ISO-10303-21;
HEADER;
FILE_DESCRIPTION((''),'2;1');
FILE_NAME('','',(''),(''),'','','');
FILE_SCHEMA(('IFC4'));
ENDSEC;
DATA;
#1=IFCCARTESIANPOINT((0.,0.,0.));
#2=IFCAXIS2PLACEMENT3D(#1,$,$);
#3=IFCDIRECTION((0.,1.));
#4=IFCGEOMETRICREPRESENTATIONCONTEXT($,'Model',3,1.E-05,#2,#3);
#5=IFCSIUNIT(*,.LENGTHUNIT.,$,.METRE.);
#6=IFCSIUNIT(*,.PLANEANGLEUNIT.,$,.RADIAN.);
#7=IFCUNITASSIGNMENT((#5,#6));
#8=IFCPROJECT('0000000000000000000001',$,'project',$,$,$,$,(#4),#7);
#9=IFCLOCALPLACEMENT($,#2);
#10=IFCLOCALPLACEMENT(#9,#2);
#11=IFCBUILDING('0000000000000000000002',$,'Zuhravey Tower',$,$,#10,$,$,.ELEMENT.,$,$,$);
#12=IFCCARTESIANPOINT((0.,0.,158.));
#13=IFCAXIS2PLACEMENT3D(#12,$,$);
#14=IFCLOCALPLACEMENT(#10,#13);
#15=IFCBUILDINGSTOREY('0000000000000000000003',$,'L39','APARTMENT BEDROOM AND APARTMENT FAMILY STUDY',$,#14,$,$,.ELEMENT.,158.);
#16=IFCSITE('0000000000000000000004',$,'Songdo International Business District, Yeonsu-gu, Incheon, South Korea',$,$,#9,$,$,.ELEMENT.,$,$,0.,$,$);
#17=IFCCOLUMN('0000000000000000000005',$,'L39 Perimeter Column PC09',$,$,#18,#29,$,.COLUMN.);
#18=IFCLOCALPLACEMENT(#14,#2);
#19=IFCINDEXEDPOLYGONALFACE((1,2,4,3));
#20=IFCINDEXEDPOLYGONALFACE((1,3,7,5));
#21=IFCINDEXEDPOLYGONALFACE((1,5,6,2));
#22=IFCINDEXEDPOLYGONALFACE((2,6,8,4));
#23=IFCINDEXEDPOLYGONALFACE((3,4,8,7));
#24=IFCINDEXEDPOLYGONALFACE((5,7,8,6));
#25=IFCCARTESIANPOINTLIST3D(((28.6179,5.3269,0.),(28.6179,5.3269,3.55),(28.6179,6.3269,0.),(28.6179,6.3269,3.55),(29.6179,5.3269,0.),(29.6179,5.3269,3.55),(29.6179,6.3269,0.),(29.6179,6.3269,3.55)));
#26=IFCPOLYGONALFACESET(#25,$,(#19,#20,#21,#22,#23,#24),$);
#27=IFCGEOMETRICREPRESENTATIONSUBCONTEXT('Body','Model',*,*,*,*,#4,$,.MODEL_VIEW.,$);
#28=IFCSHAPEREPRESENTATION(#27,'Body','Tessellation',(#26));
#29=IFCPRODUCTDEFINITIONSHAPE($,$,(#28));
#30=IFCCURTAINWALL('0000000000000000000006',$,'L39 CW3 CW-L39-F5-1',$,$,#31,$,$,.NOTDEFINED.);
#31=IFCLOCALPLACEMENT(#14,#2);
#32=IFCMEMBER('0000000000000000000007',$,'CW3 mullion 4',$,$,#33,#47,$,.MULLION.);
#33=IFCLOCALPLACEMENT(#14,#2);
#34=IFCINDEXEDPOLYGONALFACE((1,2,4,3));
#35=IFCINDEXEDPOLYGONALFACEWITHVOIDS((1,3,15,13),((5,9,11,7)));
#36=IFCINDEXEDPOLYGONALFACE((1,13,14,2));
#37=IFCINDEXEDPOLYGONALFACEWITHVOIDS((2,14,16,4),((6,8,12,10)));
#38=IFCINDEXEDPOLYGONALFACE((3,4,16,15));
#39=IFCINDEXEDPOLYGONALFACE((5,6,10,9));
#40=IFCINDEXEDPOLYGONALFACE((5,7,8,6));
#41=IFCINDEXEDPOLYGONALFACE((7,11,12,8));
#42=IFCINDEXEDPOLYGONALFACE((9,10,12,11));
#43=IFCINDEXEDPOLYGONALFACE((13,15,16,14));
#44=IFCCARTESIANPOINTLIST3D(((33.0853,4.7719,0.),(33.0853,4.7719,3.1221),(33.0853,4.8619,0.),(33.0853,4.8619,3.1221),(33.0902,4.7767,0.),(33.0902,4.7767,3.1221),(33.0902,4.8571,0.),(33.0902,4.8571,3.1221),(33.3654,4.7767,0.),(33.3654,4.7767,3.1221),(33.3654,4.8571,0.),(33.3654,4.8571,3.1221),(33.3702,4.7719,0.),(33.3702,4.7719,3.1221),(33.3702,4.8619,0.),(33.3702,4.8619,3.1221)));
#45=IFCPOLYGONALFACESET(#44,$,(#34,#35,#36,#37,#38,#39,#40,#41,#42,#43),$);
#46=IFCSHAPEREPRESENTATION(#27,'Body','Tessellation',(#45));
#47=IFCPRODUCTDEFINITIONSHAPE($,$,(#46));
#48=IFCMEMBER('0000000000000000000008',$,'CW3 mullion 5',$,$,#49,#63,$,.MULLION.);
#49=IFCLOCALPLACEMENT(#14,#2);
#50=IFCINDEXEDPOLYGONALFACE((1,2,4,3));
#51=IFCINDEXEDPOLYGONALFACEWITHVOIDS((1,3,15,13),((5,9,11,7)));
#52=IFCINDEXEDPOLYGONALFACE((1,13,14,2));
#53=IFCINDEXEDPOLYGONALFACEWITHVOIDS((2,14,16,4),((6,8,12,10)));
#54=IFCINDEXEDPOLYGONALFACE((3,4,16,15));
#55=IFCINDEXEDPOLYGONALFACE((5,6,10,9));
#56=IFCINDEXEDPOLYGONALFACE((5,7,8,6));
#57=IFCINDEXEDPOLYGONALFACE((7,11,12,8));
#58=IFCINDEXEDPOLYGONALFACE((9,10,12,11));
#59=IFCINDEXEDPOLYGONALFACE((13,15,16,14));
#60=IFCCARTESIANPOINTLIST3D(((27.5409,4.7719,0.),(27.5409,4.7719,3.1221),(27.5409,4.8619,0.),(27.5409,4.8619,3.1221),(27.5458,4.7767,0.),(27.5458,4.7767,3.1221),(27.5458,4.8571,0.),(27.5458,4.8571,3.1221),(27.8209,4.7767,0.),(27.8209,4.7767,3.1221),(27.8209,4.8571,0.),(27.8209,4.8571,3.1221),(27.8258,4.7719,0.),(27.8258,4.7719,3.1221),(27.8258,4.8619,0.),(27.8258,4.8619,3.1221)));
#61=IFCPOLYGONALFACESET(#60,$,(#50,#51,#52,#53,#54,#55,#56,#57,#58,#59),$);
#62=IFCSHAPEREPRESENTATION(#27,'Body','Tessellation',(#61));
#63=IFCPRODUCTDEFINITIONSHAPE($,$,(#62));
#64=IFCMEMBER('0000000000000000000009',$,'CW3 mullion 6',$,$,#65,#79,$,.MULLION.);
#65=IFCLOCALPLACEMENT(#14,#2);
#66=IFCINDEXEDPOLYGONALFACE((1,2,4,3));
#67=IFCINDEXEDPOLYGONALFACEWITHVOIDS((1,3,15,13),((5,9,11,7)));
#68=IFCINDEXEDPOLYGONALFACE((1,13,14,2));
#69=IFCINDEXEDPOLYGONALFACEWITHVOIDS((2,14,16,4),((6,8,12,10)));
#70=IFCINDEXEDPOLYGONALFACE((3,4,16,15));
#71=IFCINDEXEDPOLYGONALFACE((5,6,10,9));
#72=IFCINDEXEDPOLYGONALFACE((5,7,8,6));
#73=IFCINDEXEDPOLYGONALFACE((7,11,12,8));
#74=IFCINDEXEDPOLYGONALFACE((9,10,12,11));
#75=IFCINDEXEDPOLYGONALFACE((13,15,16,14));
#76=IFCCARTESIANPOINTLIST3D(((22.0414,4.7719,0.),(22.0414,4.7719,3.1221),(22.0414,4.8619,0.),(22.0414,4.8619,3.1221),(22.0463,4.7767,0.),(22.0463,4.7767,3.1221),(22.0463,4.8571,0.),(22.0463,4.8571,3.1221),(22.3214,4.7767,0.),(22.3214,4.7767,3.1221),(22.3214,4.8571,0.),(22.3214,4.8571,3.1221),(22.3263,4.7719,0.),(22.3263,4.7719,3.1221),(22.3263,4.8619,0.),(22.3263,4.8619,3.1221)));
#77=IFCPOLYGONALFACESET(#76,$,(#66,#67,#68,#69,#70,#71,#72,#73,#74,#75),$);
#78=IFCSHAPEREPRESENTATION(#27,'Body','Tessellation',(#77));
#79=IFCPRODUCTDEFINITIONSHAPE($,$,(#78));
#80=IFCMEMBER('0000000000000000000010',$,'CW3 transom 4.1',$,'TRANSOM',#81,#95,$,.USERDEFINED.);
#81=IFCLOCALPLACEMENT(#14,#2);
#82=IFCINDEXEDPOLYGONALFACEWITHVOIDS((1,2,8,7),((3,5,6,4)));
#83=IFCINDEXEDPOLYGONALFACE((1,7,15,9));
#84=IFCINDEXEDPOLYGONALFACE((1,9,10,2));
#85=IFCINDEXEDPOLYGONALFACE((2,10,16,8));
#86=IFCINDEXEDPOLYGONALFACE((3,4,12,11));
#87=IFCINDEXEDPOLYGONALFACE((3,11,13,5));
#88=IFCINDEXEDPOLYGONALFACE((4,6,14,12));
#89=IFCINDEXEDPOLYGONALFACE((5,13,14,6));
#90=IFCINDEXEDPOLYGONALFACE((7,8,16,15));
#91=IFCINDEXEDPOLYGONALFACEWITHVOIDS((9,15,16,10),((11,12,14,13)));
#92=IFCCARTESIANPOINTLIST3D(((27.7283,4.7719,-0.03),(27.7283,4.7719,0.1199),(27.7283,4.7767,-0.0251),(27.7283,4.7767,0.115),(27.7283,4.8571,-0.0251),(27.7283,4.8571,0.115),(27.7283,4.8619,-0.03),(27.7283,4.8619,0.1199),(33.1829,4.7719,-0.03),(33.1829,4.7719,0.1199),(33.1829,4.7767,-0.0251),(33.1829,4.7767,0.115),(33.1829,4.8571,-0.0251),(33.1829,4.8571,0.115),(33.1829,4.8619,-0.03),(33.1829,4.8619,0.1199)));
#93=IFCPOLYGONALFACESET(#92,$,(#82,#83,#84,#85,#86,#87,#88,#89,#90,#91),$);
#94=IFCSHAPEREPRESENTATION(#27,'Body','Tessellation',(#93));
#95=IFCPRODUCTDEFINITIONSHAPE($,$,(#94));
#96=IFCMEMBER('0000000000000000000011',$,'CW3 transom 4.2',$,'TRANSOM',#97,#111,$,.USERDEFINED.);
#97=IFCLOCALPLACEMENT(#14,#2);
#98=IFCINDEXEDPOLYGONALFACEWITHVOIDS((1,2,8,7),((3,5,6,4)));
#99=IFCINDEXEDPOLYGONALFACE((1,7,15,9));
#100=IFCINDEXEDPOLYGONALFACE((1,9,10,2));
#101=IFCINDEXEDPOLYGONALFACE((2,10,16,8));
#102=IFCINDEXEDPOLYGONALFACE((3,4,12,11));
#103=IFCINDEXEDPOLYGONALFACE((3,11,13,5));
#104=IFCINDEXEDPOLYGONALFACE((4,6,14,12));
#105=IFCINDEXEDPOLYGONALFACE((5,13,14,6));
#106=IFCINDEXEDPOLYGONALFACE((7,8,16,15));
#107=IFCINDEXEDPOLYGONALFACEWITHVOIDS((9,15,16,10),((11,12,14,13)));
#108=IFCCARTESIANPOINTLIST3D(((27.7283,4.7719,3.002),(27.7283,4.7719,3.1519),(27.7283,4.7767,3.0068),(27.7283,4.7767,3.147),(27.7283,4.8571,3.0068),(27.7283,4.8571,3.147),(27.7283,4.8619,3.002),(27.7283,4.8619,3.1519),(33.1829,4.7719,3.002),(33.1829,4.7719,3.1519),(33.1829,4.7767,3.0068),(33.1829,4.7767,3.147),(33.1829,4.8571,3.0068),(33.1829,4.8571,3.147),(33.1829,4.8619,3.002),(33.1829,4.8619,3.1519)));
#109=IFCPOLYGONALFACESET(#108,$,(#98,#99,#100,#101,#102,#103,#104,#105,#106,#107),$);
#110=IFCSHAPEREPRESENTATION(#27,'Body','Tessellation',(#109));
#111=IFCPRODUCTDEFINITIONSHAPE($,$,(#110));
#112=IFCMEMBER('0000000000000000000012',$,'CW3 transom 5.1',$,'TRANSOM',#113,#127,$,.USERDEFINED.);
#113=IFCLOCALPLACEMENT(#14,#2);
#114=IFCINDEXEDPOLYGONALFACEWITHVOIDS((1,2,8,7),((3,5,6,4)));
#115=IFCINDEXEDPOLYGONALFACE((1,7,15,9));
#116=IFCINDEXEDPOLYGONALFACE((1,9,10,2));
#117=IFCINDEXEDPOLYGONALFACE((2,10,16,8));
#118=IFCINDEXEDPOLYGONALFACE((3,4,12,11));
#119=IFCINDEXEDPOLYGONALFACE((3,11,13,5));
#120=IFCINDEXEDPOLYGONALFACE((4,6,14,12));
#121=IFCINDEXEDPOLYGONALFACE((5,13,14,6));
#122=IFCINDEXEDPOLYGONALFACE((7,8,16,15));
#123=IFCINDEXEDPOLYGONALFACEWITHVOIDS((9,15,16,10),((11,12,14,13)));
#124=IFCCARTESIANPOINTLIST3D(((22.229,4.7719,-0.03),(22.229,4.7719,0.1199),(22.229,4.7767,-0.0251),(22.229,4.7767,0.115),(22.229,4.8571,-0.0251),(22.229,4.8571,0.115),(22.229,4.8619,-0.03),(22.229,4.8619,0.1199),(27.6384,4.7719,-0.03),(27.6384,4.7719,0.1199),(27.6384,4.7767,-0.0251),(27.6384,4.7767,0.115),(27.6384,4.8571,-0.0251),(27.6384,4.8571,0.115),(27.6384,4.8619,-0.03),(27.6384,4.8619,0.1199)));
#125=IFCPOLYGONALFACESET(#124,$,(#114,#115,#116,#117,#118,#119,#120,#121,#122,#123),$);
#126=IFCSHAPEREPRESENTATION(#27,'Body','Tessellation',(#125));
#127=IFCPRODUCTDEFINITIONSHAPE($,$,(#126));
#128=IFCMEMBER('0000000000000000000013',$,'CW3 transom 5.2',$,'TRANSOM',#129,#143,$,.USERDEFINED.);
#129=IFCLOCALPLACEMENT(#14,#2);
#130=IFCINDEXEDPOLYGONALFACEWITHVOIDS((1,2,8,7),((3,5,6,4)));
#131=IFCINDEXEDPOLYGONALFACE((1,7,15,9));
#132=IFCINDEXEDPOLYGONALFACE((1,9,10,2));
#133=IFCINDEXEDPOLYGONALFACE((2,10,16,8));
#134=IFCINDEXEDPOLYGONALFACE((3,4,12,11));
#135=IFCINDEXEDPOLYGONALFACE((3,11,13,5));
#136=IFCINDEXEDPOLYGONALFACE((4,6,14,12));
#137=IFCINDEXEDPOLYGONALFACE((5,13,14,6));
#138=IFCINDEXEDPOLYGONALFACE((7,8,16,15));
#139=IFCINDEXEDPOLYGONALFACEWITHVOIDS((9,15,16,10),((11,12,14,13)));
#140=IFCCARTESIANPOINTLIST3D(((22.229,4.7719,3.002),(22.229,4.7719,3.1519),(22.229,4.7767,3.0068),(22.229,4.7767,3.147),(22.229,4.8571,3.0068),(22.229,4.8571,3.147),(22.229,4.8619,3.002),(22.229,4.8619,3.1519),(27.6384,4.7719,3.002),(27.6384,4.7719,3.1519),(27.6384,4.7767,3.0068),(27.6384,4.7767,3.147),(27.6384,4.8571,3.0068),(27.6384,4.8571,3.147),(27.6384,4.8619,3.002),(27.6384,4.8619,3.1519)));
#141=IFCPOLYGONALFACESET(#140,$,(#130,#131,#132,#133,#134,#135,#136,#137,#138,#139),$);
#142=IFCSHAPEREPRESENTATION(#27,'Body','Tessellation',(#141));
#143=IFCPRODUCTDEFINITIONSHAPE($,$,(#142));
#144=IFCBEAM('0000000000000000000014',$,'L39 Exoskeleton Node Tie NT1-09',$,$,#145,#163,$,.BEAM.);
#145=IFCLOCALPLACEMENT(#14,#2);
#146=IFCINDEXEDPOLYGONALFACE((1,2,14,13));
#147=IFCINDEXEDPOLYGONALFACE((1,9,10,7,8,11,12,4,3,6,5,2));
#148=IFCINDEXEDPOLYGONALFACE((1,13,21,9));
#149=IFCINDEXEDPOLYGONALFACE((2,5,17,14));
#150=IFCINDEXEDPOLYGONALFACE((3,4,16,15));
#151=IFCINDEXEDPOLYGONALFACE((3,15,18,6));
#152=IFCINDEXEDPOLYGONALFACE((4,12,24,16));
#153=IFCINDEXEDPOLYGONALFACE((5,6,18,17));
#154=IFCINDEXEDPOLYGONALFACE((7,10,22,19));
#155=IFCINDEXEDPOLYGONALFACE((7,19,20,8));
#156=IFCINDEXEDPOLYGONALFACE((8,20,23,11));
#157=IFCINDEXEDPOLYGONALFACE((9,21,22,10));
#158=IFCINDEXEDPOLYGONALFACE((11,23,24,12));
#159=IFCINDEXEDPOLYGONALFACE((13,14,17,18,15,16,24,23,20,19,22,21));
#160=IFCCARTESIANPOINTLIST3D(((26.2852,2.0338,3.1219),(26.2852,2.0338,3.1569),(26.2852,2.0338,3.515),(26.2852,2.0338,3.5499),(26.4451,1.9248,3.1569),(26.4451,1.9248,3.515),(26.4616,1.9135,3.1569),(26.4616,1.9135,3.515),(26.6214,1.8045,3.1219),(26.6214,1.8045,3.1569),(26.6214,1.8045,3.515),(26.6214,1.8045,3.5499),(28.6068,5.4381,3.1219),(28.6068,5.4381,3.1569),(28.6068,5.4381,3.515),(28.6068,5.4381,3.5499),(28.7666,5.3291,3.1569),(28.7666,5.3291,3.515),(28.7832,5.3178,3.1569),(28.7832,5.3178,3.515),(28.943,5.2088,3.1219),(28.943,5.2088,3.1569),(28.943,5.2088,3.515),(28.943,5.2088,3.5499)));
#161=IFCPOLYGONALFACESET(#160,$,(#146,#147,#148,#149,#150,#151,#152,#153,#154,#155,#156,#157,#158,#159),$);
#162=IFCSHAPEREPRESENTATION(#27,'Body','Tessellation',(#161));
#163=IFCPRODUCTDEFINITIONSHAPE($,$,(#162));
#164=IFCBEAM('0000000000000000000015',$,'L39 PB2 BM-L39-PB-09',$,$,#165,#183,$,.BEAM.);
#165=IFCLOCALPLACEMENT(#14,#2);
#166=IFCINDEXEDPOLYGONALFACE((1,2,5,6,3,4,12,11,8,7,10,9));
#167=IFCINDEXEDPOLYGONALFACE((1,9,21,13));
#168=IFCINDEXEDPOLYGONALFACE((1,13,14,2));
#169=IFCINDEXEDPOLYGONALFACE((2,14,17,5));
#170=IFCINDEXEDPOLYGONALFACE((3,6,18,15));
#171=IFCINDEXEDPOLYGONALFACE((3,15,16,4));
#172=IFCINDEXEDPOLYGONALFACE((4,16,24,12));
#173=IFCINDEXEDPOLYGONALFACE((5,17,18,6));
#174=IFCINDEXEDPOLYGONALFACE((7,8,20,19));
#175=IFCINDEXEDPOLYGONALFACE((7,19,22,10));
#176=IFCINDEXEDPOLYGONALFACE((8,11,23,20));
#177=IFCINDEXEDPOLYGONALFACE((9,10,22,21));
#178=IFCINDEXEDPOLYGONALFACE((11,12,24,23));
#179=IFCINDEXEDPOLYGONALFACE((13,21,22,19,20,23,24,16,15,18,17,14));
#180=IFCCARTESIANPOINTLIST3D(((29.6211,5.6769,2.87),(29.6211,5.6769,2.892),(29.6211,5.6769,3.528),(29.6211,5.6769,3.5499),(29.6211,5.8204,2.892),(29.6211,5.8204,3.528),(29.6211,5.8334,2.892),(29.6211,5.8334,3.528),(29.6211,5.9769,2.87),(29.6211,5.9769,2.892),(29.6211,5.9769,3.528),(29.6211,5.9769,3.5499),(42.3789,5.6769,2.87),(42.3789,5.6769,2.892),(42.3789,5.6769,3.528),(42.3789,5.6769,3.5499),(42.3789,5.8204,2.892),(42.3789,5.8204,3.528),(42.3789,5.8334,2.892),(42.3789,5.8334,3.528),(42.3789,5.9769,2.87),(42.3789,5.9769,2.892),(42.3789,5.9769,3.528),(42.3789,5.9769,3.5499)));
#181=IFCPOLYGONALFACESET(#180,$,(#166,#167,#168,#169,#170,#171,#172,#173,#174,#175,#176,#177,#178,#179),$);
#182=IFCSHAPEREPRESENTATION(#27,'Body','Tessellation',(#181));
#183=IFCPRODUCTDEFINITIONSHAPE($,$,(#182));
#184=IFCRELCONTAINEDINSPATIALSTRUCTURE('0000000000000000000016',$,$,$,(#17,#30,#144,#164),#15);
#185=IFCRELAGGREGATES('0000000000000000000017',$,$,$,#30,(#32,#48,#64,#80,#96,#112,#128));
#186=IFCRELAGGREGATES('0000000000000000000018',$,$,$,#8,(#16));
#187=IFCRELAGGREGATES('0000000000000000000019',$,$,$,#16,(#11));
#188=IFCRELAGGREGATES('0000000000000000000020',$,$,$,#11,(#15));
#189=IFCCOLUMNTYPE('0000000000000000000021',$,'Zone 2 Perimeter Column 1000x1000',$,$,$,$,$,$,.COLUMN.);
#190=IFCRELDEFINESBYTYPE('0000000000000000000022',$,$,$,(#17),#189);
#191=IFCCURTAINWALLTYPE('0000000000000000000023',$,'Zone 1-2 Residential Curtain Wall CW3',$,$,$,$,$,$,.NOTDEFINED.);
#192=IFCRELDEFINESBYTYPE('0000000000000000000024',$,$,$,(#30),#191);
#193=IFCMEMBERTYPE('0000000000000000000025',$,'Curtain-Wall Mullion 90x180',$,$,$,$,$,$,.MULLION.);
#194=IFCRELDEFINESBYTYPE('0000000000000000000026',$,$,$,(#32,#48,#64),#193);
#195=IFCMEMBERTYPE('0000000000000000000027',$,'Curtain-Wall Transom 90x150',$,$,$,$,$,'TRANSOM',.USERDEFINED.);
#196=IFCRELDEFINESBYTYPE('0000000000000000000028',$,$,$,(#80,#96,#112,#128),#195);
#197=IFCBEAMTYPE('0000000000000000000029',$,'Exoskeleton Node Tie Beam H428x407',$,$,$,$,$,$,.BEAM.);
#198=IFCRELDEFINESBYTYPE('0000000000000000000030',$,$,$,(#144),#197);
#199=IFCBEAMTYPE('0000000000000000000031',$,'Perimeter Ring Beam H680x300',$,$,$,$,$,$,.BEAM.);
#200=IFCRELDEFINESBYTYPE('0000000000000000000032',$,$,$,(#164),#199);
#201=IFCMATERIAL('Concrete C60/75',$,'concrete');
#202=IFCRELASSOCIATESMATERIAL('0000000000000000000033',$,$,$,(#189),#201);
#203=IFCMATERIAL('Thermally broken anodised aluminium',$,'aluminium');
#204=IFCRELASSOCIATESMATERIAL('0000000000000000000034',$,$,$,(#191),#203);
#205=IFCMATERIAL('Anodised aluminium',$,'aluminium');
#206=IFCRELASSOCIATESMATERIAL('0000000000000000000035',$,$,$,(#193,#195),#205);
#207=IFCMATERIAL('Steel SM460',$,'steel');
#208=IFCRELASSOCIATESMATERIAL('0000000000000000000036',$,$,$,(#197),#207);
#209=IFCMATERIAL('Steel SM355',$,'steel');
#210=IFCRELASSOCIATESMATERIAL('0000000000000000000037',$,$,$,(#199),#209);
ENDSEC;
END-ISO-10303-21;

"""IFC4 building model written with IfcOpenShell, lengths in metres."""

from ifc_helpers import new_model, si_unit, direction, frame, origin, origin_2d, place, context, subcontext, project, spatial, rectangle, hollow_rectangle, i_section, extrude, material, material_profile, profile_set, type_object, element, aggregate, save


model = new_model("IFC4")

# Units and contexts
model_context = context("Model", 3, precision=1e-05, world=origin(), true_north=direction((0.0, 1.0)))
body_context = subcontext(model_context, "Body", "Model", "MODEL_VIEW")
ifc_project = project(units=[si_unit("LENGTHUNIT", "METRE"), si_unit("PLANEANGLEUNIT", "RADIAN")], contexts=[model_context])

# Site, building, storey
site_placement = place(None, origin())
site = spatial("IfcSite", under=ifc_project, at=site_placement, Name="Songdo International Business District, Yeonsu-gu, Incheon, South Korea", CompositionType="ELEMENT", RefElevation=0.0)
building_placement = place(site_placement, origin())
building = spatial("IfcBuilding", under=site, at=building_placement, Name="Zuhravey Tower", CompositionType="ELEMENT")
storey_placement = place(building_placement, frame((0.0, 0.0, 158.0)))
storey = spatial("IfcBuildingStorey", under=building, at=storey_placement, Name="L39", Description="APARTMENT BEDROOM AND APARTMENT FAMILY STUDY", CompositionType="ELEMENT", Elevation=158.0)

# Column
ifc_material_1 = material(Name="Concrete C60/75", Category="concrete")
ifc_material_profile_1 = material_profile(ifc_material_1, rectangle(XDim=1.0, YDim=1.0, at=origin_2d()), Name="RC-1000x1000")
ifc_profile_set_1 = profile_set([ifc_material_profile_1], Name="Concrete C60/75")
column_type = type_object("IfcColumnType", Name="Zone 2 Perimeter Column 1000x1000", PredefinedType="COLUMN", material=ifc_profile_set_1)
column_placement = place(storey_placement, frame((29.1179, 5.8269, 0.0), z_axis=(0.0, 0.0, 1.0), x_axis=(1.0, 0.0, 0.0)))
element("IfcColumn", 1, at=column_placement, inside=storey, type_object=column_type, Name="L39 Perimeter Column PC09", PredefinedType="COLUMN", context=body_context, shape_type="SweptSolid", body=[
    extrude(rectangle(XDim=1.0, YDim=1.0, at=origin_2d()), origin(), (0.0, 0.0, 1.0), 3.55),
])

# Curtain wall, members
ifc_material_2 = material(Name="Thermally broken anodised aluminium", Category="aluminium")
curtain_wall_type = type_object("IfcCurtainWallType", Name="Zone 1-2 Residential Curtain Wall CW3", PredefinedType="NOTDEFINED", material=ifc_material_2)
curtain_wall_placement = place(storey_placement, origin())
curtain_wall = element("IfcCurtainWall", 2, at=curtain_wall_placement, inside=storey, type_object=curtain_wall_type, Name="L39 CW3 CW-L39-F5-1", PredefinedType="NOTDEFINED")
ifc_material_3 = material(Name="Anodised aluminium", Category="aluminium")
ifc_material_profile_2 = material_profile(ifc_material_3, hollow_rectangle(XDim=0.0901, YDim=0.2849, WallThickness=0.0049, at=origin_2d()), Name="ALU-RHS-90x285x5")
ifc_profile_set_2 = profile_set([ifc_material_profile_2], Name="Anodised aluminium")
member_type_1 = type_object("IfcMemberType", Name="Curtain-Wall Mullion 90x180", PredefinedType="MULLION", material=ifc_profile_set_2)
member_1_placement = place(storey_placement, frame((33.2278, 4.8169, 0.0), z_axis=(0.0, 0.0, 1.0), x_axis=(0.0, -1.0, 0.0)))
member_1 = element("IfcMember", 3, at=member_1_placement, type_object=member_type_1, Name="CW3 mullion 4", PredefinedType="MULLION", context=body_context, shape_type="SweptSolid", body=[
    extrude(hollow_rectangle(XDim=0.0901, YDim=0.2849, WallThickness=0.0049, at=origin_2d()), origin(), (0.0, 0.0, 1.0), 3.1221),
])
member_2_placement = place(storey_placement, frame((27.6833, 4.8169, 0.0), z_axis=(0.0, 0.0, 1.0), x_axis=(0.0, -1.0, 0.0)))
member_2 = element("IfcMember", 4, at=member_2_placement, type_object=member_type_1, Name="CW3 mullion 5", PredefinedType="MULLION", context=body_context, shape_type="SweptSolid", body=[
    extrude(hollow_rectangle(XDim=0.0901, YDim=0.2849, WallThickness=0.0049, at=origin_2d()), origin(), (0.0, 0.0, 1.0), 3.1221),
])
member_3_placement = place(storey_placement, frame((22.1838, 4.8169, 0.0), z_axis=(0.0, 0.0, 1.0), x_axis=(0.0, -1.0, 0.0)))
member_3 = element("IfcMember", 5, at=member_3_placement, type_object=member_type_1, Name="CW3 mullion 6", PredefinedType="MULLION", context=body_context, shape_type="SweptSolid", body=[
    extrude(hollow_rectangle(XDim=0.0901, YDim=0.2849, WallThickness=0.0049, at=origin_2d()), origin(), (0.0, 0.0, 1.0), 3.1221),
])
ifc_material_profile_3 = material_profile(ifc_material_3, hollow_rectangle(XDim=0.0901, YDim=0.1499, WallThickness=0.0049, at=origin_2d()), Name="ALU-RHS-90x150x5")
ifc_profile_set_3 = profile_set([ifc_material_profile_3], Name="Anodised aluminium")
member_type_2 = type_object("IfcMemberType", Name="Curtain-Wall Transom 90x150", ElementType="TRANSOM", PredefinedType="USERDEFINED", material=ifc_profile_set_3)
member_4_placement = place(storey_placement, frame((33.1829, 4.8169, 0.0449), z_axis=(-1.0, 0.0, 0.0), x_axis=(0.0, -1.0, 0.0)))
member_4 = element("IfcMember", 6, at=member_4_placement, type_object=member_type_2, Name="CW3 transom 4.1", ObjectType="TRANSOM", PredefinedType="USERDEFINED", context=body_context, shape_type="SweptSolid", body=[
    extrude(hollow_rectangle(XDim=0.0901, YDim=0.1499, WallThickness=0.0049, at=origin_2d()), origin(), (0.0, 0.0, 1.0), 5.4546),
])
member_5_placement = place(storey_placement, frame((33.1829, 4.8169, 3.0769), z_axis=(-1.0, 0.0, 0.0), x_axis=(0.0, -1.0, 0.0)))
member_5 = element("IfcMember", 7, at=member_5_placement, type_object=member_type_2, Name="CW3 transom 4.2", ObjectType="TRANSOM", PredefinedType="USERDEFINED", context=body_context, shape_type="SweptSolid", body=[
    extrude(hollow_rectangle(XDim=0.0901, YDim=0.1499, WallThickness=0.0049, at=origin_2d()), origin(), (0.0, 0.0, 1.0), 5.4546),
])
member_6_placement = place(storey_placement, frame((27.6384, 4.8169, 0.0449), z_axis=(-1.0, 0.0, 0.0), x_axis=(0.0, -1.0, 0.0)))
member_6 = element("IfcMember", 8, at=member_6_placement, type_object=member_type_2, Name="CW3 transom 5.1", ObjectType="TRANSOM", PredefinedType="USERDEFINED", context=body_context, shape_type="SweptSolid", body=[
    extrude(hollow_rectangle(XDim=0.0901, YDim=0.1499, WallThickness=0.0049, at=origin_2d()), origin(), (0.0, 0.0, 1.0), 5.4094),
])
member_7_placement = place(storey_placement, frame((27.6384, 4.8169, 3.0769), z_axis=(-1.0, 0.0, 0.0), x_axis=(0.0, -1.0, 0.0)))
member_7 = element("IfcMember", 9, at=member_7_placement, type_object=member_type_2, Name="CW3 transom 5.2", ObjectType="TRANSOM", PredefinedType="USERDEFINED", context=body_context, shape_type="SweptSolid", body=[
    extrude(hollow_rectangle(XDim=0.0901, YDim=0.1499, WallThickness=0.0049, at=origin_2d()), origin(), (0.0, 0.0, 1.0), 5.4094),
])

# Beams
ifc_material_4 = material(Name="Steel SM460", Category="steel")
ifc_material_profile_4 = material_profile(ifc_material_4, i_section(OverallWidth=0.407, OverallDepth=0.428, WebThickness=0.02, FlangeThickness=0.0349, at=origin_2d()), Name="H-428x407x20x35")
ifc_profile_set_4 = profile_set([ifc_material_profile_4], Name="Steel SM460")
beam_type_1 = type_object("IfcBeamType", Name="Exoskeleton Node Tie Beam H428x407", PredefinedType="BEAM", material=ifc_profile_set_4)
beam_1_placement = place(storey_placement, frame((28.7749, 5.3235, 3.3359), z_axis=(-0.563407, -0.82618, 0.0), x_axis=(0.82618, -0.563407, 0.0)))
element("IfcBeam", 10, at=beam_1_placement, inside=storey, type_object=beam_type_1, Name="L39 Exoskeleton Node Tie NT1-09", PredefinedType="BEAM", context=body_context, shape_type="SweptSolid", body=[
    extrude(i_section(OverallWidth=0.407, OverallDepth=0.428, WebThickness=0.02, FlangeThickness=0.0349, at=origin_2d()), origin(), (0.0, 0.0, 1.0), 4.1206),
])
ifc_material_5 = material(Name="Steel SM355", Category="steel")
ifc_material_profile_5 = material_profile(ifc_material_5, i_section(OverallWidth=0.3, OverallDepth=0.6799, WebThickness=0.0129, FlangeThickness=0.022, at=origin_2d()), Name="H-680x300x13x22")
ifc_profile_set_5 = profile_set([ifc_material_profile_5], Name="Steel SM355")
beam_type_2 = type_object("IfcBeamType", Name="Perimeter Ring Beam H680x300", PredefinedType="BEAM", material=ifc_profile_set_5)
beam_2_placement = place(storey_placement, frame((29.6211, 5.8269, 3.21), z_axis=(1.0, 0.0, 0.0), x_axis=(0.0, 1.0, 0.0)))
element("IfcBeam", 11, at=beam_2_placement, inside=storey, type_object=beam_type_2, Name="L39 PB2 BM-L39-PB-09", PredefinedType="BEAM", context=body_context, shape_type="SweptSolid", body=[
    extrude(i_section(OverallWidth=0.3, OverallDepth=0.6799, WebThickness=0.0129, FlangeThickness=0.022, at=origin_2d()), origin(), (0.0, 0.0, 1.0), 12.7578),
])

aggregate(curtain_wall, [member_1, member_2, member_3, member_4, member_5, member_6, member_7])

save(model, "model.ifc")
